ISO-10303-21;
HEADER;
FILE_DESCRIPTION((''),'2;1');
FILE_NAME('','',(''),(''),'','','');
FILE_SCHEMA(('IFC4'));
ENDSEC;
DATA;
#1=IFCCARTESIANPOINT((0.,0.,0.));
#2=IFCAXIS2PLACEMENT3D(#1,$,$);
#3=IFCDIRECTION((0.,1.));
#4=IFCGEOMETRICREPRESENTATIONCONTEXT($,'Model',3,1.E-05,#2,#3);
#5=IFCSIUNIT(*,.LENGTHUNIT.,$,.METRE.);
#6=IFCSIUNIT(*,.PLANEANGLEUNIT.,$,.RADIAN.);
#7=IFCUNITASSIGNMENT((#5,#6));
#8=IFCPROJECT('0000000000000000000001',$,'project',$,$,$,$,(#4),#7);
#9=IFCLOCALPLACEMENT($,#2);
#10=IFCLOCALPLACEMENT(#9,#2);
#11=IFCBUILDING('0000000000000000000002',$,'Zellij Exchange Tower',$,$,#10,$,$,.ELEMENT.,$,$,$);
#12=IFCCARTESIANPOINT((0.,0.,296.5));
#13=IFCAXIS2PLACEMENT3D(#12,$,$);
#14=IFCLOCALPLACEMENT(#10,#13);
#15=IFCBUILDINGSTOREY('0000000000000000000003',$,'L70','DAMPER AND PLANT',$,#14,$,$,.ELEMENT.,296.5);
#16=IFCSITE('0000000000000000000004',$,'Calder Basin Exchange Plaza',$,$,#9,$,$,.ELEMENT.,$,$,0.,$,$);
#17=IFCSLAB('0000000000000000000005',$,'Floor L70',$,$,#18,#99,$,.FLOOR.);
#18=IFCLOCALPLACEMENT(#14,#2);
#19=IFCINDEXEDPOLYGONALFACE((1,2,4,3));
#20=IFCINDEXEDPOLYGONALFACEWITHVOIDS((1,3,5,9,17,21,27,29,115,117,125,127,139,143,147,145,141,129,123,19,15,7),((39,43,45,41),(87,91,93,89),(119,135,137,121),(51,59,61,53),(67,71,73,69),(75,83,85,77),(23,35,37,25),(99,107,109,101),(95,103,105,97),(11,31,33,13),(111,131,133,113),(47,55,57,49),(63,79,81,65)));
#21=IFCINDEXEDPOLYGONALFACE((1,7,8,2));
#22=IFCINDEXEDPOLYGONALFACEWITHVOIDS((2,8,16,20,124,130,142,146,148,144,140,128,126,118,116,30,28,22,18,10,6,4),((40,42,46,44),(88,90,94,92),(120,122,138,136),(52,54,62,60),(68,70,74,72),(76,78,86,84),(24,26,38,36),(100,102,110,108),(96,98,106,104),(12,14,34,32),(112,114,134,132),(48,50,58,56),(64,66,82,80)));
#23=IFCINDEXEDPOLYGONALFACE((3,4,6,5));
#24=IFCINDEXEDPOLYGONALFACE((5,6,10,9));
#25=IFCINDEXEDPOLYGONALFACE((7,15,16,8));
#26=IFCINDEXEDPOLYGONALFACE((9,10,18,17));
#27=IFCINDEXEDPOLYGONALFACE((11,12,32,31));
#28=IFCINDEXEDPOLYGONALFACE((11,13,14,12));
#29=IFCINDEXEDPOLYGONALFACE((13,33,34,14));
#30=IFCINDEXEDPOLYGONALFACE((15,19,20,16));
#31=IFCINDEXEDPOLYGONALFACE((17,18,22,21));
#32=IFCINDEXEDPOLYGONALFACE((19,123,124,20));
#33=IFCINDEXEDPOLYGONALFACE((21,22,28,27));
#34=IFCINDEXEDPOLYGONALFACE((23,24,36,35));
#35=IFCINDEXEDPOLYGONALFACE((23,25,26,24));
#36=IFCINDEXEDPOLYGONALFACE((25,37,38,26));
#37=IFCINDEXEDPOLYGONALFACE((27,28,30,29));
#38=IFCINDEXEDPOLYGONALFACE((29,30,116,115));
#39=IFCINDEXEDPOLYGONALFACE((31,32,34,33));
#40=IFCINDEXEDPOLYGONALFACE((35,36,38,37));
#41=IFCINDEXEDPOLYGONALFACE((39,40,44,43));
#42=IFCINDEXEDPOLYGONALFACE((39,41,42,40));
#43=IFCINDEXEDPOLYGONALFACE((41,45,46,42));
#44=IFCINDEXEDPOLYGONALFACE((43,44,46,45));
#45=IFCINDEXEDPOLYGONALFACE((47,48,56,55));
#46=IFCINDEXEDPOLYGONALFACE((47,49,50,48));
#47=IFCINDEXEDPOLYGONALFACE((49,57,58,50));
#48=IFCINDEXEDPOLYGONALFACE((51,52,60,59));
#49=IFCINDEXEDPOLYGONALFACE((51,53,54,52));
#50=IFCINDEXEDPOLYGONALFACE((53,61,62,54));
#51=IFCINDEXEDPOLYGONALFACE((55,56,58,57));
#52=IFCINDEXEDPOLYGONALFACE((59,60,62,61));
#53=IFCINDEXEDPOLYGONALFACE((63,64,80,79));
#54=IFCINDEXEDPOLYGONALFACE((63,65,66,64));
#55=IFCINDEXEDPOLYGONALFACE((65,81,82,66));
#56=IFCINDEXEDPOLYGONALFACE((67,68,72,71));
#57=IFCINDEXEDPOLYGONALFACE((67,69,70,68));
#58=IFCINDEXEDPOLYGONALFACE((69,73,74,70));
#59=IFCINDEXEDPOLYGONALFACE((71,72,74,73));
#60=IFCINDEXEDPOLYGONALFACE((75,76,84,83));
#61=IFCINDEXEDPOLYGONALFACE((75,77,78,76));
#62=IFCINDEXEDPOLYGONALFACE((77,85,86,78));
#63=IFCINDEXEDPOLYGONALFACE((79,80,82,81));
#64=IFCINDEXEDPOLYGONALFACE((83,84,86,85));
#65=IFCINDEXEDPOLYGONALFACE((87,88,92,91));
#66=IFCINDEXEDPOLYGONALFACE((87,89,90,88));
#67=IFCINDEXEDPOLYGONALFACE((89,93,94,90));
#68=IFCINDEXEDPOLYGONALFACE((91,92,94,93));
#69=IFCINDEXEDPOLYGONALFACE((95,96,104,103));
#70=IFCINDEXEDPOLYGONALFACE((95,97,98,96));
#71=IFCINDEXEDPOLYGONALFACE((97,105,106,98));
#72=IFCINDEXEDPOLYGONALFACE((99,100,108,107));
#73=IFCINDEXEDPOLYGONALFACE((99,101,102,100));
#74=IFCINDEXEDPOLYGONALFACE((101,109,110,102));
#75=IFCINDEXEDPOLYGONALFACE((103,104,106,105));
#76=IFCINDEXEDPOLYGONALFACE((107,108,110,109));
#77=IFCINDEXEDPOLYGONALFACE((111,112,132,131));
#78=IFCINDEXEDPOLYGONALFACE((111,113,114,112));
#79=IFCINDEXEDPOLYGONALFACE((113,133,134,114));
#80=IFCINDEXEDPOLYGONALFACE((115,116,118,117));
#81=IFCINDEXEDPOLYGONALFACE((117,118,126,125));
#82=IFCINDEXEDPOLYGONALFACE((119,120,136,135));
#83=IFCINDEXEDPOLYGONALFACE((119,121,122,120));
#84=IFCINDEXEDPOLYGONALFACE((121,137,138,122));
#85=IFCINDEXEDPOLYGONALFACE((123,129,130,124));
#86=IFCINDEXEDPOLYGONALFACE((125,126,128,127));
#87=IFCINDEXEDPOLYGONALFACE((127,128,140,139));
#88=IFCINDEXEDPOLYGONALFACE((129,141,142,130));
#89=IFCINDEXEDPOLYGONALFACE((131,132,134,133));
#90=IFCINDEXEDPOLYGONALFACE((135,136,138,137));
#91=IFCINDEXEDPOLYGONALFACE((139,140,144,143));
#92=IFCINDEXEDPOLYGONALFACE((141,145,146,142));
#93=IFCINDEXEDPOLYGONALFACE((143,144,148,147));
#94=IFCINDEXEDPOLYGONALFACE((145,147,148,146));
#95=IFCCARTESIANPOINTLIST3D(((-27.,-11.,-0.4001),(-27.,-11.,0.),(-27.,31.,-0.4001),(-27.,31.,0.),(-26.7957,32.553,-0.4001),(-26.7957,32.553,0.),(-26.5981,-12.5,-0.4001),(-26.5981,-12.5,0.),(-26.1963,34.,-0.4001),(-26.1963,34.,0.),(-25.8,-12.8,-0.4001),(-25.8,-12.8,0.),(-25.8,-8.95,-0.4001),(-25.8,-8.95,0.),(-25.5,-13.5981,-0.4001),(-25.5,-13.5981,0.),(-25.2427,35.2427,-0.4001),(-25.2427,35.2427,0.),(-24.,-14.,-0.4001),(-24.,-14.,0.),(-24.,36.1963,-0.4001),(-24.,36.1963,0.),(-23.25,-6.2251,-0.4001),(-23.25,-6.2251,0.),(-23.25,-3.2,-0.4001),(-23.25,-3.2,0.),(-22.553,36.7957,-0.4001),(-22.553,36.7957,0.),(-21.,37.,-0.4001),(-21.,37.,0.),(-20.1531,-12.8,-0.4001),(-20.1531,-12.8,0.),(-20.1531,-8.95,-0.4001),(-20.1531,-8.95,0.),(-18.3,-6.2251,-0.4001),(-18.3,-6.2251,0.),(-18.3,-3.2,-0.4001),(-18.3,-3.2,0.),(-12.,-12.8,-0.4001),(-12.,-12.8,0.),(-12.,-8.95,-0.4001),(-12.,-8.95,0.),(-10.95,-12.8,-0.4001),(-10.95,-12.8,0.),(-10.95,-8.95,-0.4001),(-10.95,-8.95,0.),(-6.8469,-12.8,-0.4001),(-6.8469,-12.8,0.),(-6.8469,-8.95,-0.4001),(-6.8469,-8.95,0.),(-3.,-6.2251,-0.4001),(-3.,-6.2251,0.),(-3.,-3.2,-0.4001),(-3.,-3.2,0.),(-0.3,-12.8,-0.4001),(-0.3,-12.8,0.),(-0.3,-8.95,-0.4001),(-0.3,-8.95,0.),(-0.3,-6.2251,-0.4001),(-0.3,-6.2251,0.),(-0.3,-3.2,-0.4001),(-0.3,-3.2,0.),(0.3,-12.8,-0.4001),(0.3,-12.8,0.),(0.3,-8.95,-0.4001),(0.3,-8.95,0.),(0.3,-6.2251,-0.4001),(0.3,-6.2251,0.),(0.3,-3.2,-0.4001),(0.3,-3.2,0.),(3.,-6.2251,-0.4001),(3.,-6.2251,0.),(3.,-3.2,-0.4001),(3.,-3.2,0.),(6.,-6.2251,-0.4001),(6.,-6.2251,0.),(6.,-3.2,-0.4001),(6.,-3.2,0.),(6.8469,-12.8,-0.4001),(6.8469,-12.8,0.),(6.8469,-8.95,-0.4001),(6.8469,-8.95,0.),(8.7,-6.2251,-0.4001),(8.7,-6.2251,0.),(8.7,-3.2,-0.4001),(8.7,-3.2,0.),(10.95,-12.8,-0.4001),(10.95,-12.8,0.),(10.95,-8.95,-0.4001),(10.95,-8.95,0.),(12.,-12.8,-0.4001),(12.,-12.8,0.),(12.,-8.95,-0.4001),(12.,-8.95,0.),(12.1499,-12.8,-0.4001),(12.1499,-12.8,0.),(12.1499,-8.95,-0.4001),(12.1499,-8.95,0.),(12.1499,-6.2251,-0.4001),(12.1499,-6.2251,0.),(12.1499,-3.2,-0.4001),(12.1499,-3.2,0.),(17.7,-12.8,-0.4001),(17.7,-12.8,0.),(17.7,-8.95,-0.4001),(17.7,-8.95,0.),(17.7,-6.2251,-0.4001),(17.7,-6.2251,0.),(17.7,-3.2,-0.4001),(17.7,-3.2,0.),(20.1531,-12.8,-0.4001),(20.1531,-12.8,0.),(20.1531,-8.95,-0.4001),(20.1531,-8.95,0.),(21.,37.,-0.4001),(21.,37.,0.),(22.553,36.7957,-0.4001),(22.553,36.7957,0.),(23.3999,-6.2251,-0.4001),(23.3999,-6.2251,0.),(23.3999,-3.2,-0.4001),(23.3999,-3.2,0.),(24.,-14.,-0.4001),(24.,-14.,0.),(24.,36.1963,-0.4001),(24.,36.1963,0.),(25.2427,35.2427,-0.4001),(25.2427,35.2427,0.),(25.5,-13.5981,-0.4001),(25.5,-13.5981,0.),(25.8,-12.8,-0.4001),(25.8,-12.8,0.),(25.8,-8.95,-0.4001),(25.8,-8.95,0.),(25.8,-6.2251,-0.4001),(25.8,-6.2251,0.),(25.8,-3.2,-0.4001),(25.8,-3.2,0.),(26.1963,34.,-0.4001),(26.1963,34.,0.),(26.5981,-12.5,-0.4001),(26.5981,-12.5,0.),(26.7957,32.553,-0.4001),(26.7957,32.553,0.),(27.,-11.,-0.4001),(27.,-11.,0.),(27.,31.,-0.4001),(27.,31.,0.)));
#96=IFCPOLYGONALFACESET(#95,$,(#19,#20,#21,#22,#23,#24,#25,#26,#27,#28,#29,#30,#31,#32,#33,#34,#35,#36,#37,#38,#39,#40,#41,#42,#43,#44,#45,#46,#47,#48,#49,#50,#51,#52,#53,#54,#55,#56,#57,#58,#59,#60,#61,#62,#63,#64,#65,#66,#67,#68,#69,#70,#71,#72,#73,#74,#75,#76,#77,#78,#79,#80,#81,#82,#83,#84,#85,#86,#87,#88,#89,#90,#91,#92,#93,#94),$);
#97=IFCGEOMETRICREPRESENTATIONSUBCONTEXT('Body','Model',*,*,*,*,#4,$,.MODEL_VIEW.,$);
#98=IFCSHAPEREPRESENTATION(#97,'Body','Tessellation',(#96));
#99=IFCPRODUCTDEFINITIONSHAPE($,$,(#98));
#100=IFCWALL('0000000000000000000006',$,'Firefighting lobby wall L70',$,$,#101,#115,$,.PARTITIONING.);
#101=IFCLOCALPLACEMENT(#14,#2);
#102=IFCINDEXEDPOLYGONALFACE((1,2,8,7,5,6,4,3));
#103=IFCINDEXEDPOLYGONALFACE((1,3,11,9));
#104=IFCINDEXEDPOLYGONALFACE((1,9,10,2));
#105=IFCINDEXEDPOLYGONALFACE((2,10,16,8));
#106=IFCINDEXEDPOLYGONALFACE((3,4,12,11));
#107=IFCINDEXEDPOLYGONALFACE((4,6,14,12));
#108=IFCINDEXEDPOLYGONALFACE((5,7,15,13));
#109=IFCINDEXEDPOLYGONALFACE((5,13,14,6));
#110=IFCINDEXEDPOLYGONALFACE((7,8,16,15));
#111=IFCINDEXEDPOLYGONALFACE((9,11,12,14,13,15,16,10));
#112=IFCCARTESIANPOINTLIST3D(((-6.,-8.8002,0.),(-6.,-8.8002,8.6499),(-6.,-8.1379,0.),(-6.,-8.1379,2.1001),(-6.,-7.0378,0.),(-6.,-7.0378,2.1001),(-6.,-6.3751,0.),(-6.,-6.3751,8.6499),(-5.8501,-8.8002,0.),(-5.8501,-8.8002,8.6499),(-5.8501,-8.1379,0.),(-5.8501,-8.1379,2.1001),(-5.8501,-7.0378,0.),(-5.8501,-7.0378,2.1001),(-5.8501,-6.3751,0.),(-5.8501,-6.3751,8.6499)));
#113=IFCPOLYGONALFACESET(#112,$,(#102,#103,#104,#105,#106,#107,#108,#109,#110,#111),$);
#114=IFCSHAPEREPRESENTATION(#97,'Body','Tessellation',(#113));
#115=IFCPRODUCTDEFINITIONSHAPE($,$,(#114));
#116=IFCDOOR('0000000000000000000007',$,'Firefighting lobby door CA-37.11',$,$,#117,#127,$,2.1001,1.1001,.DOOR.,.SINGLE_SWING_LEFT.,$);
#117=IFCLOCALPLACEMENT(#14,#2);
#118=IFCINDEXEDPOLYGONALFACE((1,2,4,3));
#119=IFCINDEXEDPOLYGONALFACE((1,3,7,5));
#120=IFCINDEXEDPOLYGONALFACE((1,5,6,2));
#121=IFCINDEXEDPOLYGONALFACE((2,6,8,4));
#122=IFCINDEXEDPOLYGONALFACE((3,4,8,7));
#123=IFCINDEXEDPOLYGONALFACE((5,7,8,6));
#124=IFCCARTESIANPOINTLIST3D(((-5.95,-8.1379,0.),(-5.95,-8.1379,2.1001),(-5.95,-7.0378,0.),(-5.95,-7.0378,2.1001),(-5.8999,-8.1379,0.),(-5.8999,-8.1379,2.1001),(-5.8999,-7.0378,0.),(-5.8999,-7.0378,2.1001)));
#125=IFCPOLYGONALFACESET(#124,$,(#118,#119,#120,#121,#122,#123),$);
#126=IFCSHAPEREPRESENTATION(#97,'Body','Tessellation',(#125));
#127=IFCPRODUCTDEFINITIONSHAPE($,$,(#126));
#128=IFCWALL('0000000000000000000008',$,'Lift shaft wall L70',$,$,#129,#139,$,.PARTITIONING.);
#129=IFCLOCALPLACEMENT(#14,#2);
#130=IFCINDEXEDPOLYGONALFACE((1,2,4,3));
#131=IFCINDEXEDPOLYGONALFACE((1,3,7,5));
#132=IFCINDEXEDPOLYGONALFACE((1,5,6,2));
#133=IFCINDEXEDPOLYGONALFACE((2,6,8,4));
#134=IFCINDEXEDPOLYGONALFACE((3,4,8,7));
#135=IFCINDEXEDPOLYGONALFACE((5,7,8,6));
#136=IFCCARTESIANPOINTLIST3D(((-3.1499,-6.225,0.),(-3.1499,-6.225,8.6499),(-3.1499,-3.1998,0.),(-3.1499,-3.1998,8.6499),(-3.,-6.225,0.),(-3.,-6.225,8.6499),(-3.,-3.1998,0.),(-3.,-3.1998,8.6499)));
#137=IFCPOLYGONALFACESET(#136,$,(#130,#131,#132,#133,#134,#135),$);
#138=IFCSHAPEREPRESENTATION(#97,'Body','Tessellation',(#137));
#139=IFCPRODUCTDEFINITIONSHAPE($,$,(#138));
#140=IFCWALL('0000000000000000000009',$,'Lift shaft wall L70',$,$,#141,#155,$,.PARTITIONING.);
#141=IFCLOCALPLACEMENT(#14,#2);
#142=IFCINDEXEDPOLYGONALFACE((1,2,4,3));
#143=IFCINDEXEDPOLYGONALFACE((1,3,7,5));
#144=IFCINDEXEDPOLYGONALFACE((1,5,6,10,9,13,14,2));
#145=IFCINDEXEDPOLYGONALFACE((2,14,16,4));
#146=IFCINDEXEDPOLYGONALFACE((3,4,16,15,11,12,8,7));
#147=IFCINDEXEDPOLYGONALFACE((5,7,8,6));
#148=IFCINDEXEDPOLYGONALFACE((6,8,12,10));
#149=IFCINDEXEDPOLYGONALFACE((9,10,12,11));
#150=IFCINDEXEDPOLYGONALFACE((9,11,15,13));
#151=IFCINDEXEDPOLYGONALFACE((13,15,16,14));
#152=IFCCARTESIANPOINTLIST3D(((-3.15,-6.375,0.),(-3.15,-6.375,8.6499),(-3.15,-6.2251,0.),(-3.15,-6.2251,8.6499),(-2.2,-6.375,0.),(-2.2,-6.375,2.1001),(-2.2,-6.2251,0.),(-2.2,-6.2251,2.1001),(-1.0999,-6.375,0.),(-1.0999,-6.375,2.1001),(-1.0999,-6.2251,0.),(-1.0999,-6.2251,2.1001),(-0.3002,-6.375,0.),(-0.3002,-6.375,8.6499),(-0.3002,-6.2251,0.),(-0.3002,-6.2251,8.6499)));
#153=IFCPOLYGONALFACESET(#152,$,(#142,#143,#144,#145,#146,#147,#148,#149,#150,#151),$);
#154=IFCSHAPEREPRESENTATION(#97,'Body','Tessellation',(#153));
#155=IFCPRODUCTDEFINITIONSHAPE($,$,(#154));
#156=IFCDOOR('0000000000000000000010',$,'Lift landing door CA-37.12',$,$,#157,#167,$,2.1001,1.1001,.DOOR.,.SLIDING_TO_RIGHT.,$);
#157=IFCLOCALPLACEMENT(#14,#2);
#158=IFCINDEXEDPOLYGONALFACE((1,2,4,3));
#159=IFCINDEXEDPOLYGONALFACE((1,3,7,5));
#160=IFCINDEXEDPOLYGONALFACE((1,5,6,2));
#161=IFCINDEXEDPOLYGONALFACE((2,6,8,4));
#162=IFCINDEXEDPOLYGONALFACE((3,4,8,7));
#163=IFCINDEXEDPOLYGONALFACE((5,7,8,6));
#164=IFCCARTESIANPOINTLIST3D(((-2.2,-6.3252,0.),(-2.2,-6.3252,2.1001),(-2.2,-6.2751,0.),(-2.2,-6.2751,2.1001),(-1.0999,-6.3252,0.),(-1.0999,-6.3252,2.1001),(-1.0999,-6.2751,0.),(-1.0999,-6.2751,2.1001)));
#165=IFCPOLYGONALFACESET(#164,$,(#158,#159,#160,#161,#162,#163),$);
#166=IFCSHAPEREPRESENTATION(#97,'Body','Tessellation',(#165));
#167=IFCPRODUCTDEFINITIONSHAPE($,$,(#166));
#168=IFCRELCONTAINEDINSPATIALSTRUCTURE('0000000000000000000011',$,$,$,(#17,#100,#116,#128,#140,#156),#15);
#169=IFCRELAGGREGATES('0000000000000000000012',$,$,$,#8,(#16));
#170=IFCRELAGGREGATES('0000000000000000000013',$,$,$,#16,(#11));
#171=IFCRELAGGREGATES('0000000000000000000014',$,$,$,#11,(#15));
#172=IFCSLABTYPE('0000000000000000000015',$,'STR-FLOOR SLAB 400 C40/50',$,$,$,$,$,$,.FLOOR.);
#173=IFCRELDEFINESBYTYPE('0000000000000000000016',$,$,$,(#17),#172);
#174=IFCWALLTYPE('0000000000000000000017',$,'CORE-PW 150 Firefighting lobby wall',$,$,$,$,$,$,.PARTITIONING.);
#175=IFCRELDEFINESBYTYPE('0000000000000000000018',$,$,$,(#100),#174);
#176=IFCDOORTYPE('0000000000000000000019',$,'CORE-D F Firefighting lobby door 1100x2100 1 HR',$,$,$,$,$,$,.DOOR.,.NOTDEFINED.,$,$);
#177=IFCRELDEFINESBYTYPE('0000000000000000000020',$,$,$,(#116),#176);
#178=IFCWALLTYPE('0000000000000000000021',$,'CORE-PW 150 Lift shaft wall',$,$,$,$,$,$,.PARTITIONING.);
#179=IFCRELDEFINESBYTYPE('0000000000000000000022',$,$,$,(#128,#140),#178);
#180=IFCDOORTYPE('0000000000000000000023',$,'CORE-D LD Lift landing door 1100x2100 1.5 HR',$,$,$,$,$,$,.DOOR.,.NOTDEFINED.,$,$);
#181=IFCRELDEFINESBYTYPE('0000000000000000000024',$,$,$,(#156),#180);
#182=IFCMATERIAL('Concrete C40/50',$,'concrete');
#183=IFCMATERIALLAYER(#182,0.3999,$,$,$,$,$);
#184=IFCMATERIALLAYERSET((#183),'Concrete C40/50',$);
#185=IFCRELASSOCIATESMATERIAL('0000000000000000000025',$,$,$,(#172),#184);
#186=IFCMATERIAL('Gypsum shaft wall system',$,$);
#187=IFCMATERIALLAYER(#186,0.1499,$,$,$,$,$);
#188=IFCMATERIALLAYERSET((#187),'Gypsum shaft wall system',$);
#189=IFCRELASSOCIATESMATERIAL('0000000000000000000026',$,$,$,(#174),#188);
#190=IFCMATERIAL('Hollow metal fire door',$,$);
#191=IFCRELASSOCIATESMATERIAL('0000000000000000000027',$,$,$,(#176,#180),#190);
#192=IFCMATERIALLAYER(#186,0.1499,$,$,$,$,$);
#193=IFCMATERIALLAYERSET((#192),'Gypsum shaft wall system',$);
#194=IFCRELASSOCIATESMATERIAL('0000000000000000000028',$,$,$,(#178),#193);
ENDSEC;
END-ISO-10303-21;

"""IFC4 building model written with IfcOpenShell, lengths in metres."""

from ifc_helpers import new_model, si_unit, direction, frame, frame_2d, origin, place, context, subcontext, project, spatial, polyline, rectangle, outline, extrude, material, layer, layer_set, type_object, element, fill, save


model = new_model("IFC4")

# Units and contexts
model_context = context("Model", 3, precision=1e-05, world=origin(), true_north=direction((0.0, 1.0)))
body_context = subcontext(model_context, "Body", "Model", "MODEL_VIEW")
ifc_project = project(units=[si_unit("LENGTHUNIT", "METRE"), si_unit("PLANEANGLEUNIT", "RADIAN")], contexts=[model_context])

# Site, building, storey
site_placement = place(None, origin())
site = spatial("IfcSite", under=ifc_project, at=site_placement, Name="Calder Basin Exchange Plaza", CompositionType="ELEMENT", RefElevation=0.0)
building_placement = place(site_placement, origin())
building = spatial("IfcBuilding", under=site, at=building_placement, Name="Zellij Exchange Tower", CompositionType="ELEMENT")
storey_placement = place(building_placement, frame((0.0, 0.0, 296.5)))
storey = spatial("IfcBuildingStorey", under=building, at=storey_placement, Name="L70", Description="DAMPER AND PLANT", CompositionType="ELEMENT", Elevation=296.5)

# Slab
ifc_material_1 = material(Name="Concrete C40/50", Category="concrete")
ifc_layer_1 = layer(ifc_material_1, 0.3999)
ifc_layer_set_1 = layer_set([ifc_layer_1], Name="Concrete C40/50")
slab_type = type_object("IfcSlabType", Name="STR-FLOOR SLAB 400 C40/50", PredefinedType="FLOOR", material=ifc_layer_set_1)
slab_placement = place(storey_placement, frame((0.0, 0.0, -0.4001)))
element("IfcSlab", 1, at=slab_placement, inside=storey, type_object=slab_type, Name="Floor L70", PredefinedType="FLOOR", context=body_context, shape_type="SweptSolid", body=[
    extrude(outline(polyline([(-24.0, -14.0), (-25.5, -13.5981), (-26.5981, -12.5), (-27.0, -11.0), (-27.0, 31.0), (-26.7957, 32.553), (-26.1963, 34.0), (-25.2427, 35.2427), (-24.0, 36.1963), (-22.553, 36.7957), (-21.0, 37.0), (21.0, 37.0), (22.553, 36.7957), (24.0, 36.1963), (25.2427, 35.2427), (26.1963, 34.0), (26.7957, 32.553), (27.0, 31.0), (27.0, -11.0), (26.5981, -12.5), (25.5, -13.5981), (24.0, -14.0), (-24.0, -14.0)]), holes=[polyline([(-25.8, -8.95), (-25.8, -12.8), (-20.1531, -12.8), (-20.1531, -8.95), (-25.8, -8.95)]), polyline([(-10.95, -8.95), (-12.0, -8.95), (-12.0, -12.8), (-10.95, -12.8), (-10.95, -8.95)]), polyline([(-0.3, -8.95), (-6.8469, -8.95), (-6.8469, -12.8), (-0.3, -12.8), (-0.3, -8.95)]), polyline([(0.3, -8.95), (0.3, -12.8), (6.8469, -12.8), (6.8469, -8.95), (0.3, -8.95)]), polyline([(-18.3, -3.2), (-23.25, -3.2), (-23.25, -6.2251), (-18.3, -6.2251), (-18.3, -3.2)]), polyline([(-0.3, -3.2), (-3.0, -3.2), (-3.0, -6.2251), (-0.3, -6.2251), (-0.3, -3.2)]), polyline([(0.3, -3.2), (0.3, -6.2251), (3.0, -6.2251), (3.0, -3.2), (0.3, -3.2)]), polyline([(12.0, -8.95), (10.95, -8.95), (10.95, -12.8), (12.0, -12.8), (12.0, -8.95)]), polyline([(17.7, -8.95), (12.1499, -8.95), (12.1499, -12.8), (17.7, -12.8), (17.7, -8.95)]), polyline([(25.8, -8.95), (20.1531, -8.95), (20.1531, -12.8), (25.8, -12.8), (25.8, -8.95)]), polyline([(8.7, -3.2), (6.0, -3.2), (6.0, -6.2251), (8.7, -6.2251), (8.7, -3.2)]), polyline([(17.7, -3.2), (12.1499, -3.2), (12.1499, -6.2251), (17.7, -6.2251), (17.7, -3.2)]), polyline([(25.8, -3.2), (23.3999, -3.2), (23.3999, -6.2251), (25.8, -6.2251), (25.8, -3.2)])]), origin(), (0.0, 0.0, 1.0), 0.4001),
])

# Wall, opening, door
ifc_material_2 = material(Name="Gypsum shaft wall system")
ifc_layer_2 = layer(ifc_material_2, 0.1499)
ifc_layer_set_2 = layer_set([ifc_layer_2], Name="Gypsum shaft wall system")
wall_type_1 = type_object("IfcWallType", Name="CORE-PW 150 Firefighting lobby wall", PredefinedType="PARTITIONING", material=ifc_layer_set_2)
wall_1_placement = place(storey_placement, frame((-5.925, -8.8, 0.0), z_axis=(0.0, 0.0, 1.0), x_axis=(0.0, 1.0, 0.0)))
wall_1 = element("IfcWall", 2, at=wall_1_placement, inside=storey, type_object=wall_type_1, Name="Firefighting lobby wall L70", PredefinedType="PARTITIONING", context=body_context, shape_type="SweptSolid", body=[
    extrude(rectangle(XDim=2.425, YDim=0.1499, at=frame_2d((1.2124, 0.0))), origin(), (0.0, 0.0, 1.0), 8.6499),
])
opening_1_placement = place(wall_1_placement, frame((0.6621, 0.0, 0.0)))
opening_1 = element("IfcOpeningElement", 3, at=opening_1_placement, cuts=wall_1, PredefinedType="OPENING", context=body_context, shape_type="SweptSolid", body=[
    extrude(rectangle(XDim=1.1001, YDim=2.1001, at=frame_2d((0.55, 1.05))), frame((0.0, 0.0869, 0.0), z_axis=(0.0, -1.0, 0.0), x_axis=(1.0, 0.0, 0.0)), (0.0, 0.0, 1.0), 0.1738),
])
ifc_material_3 = material(Name="Hollow metal fire door")
door_type_1 = type_object("IfcDoorType", Name="CORE-D F Firefighting lobby door 1100x2100 1 HR", OperationType="NOTDEFINED", PredefinedType="DOOR", material=ifc_material_3)
door_1_placement = place(opening_1_placement, origin())
door_1 = element("IfcDoor", 4, at=door_1_placement, inside=storey, type_object=door_type_1, Name="Firefighting lobby door CA-37.11", OperationType="SINGLE_SWING_LEFT", OverallHeight=2.1001, OverallWidth=1.1001, PredefinedType="DOOR", context=body_context, shape_type="SweptSolid", body=[
    extrude(rectangle(XDim=1.1001, YDim=2.1001, at=frame_2d((0.55, 1.05))), frame((0.0, 0.0249, 0.0), z_axis=(0.0, -1.0, 0.0), x_axis=(1.0, 0.0, 0.0)), (0.0, 0.0, 1.0), 0.05),
])
fill(opening_1, door_1)

# Wall
ifc_layer_3 = layer(ifc_material_2, 0.1499)
ifc_layer_set_3 = layer_set([ifc_layer_3], Name="Gypsum shaft wall system")
wall_type_2 = type_object("IfcWallType", Name="CORE-PW 150 Lift shaft wall", PredefinedType="PARTITIONING", material=ifc_layer_set_3)
wall_2_placement = place(storey_placement, frame((-3.075, -6.2251, 0.0), z_axis=(0.0, 0.0, 1.0), x_axis=(0.0, 1.0, 0.0)))
element("IfcWall", 5, at=wall_2_placement, inside=storey, type_object=wall_type_2, Name="Lift shaft wall L70", PredefinedType="PARTITIONING", context=body_context, shape_type="SweptSolid", body=[
    extrude(rectangle(XDim=3.0251, YDim=0.1499, at=frame_2d((1.5127, 0.0))), origin(), (0.0, 0.0, 1.0), 8.6499),
])

# Wall, opening, door
wall_3_placement = place(storey_placement, frame((-3.1499, -6.3, 0.0), z_axis=(0.0, 0.0, 1.0), x_axis=(1.0, 0.0, 0.0)))
wall_3 = element("IfcWall", 6, at=wall_3_placement, inside=storey, type_object=wall_type_2, Name="Lift shaft wall L70", PredefinedType="PARTITIONING", context=body_context, shape_type="SweptSolid", body=[
    extrude(rectangle(XDim=2.8499, YDim=0.1499, at=frame_2d((1.4248, 0.0))), origin(), (0.0, 0.0, 1.0), 8.6499),
])
opening_2_placement = place(wall_3_placement, frame((0.95, 0.0, 0.0)))
opening_2 = element("IfcOpeningElement", 7, at=opening_2_placement, cuts=wall_3, PredefinedType="OPENING", context=body_context, shape_type="SweptSolid", body=[
    extrude(rectangle(XDim=1.1001, YDim=2.1001, at=frame_2d((0.55, 1.05))), frame((0.0, 0.0869, 0.0), z_axis=(0.0, -1.0, 0.0), x_axis=(1.0, 0.0, 0.0)), (0.0, 0.0, 1.0), 0.1738),
])
door_type_2 = type_object("IfcDoorType", Name="CORE-D LD Lift landing door 1100x2100 1.5 HR", OperationType="NOTDEFINED", PredefinedType="DOOR", material=ifc_material_3)
door_2_placement = place(opening_2_placement, origin())
door_2 = element("IfcDoor", 8, at=door_2_placement, inside=storey, type_object=door_type_2, Name="Lift landing door CA-37.12", OperationType="SLIDING_TO_RIGHT", OverallHeight=2.1001, OverallWidth=1.1001, PredefinedType="DOOR", context=body_context, shape_type="SweptSolid", body=[
    extrude(rectangle(XDim=1.1001, YDim=2.1001, at=frame_2d((0.55, 1.05))), frame((0.0, 0.0249, 0.0), z_axis=(0.0, -1.0, 0.0), x_axis=(1.0, 0.0, 0.0)), (0.0, 0.0, 1.0), 0.05),
])
fill(opening_2, door_2)

save(model, "model.ifc")
